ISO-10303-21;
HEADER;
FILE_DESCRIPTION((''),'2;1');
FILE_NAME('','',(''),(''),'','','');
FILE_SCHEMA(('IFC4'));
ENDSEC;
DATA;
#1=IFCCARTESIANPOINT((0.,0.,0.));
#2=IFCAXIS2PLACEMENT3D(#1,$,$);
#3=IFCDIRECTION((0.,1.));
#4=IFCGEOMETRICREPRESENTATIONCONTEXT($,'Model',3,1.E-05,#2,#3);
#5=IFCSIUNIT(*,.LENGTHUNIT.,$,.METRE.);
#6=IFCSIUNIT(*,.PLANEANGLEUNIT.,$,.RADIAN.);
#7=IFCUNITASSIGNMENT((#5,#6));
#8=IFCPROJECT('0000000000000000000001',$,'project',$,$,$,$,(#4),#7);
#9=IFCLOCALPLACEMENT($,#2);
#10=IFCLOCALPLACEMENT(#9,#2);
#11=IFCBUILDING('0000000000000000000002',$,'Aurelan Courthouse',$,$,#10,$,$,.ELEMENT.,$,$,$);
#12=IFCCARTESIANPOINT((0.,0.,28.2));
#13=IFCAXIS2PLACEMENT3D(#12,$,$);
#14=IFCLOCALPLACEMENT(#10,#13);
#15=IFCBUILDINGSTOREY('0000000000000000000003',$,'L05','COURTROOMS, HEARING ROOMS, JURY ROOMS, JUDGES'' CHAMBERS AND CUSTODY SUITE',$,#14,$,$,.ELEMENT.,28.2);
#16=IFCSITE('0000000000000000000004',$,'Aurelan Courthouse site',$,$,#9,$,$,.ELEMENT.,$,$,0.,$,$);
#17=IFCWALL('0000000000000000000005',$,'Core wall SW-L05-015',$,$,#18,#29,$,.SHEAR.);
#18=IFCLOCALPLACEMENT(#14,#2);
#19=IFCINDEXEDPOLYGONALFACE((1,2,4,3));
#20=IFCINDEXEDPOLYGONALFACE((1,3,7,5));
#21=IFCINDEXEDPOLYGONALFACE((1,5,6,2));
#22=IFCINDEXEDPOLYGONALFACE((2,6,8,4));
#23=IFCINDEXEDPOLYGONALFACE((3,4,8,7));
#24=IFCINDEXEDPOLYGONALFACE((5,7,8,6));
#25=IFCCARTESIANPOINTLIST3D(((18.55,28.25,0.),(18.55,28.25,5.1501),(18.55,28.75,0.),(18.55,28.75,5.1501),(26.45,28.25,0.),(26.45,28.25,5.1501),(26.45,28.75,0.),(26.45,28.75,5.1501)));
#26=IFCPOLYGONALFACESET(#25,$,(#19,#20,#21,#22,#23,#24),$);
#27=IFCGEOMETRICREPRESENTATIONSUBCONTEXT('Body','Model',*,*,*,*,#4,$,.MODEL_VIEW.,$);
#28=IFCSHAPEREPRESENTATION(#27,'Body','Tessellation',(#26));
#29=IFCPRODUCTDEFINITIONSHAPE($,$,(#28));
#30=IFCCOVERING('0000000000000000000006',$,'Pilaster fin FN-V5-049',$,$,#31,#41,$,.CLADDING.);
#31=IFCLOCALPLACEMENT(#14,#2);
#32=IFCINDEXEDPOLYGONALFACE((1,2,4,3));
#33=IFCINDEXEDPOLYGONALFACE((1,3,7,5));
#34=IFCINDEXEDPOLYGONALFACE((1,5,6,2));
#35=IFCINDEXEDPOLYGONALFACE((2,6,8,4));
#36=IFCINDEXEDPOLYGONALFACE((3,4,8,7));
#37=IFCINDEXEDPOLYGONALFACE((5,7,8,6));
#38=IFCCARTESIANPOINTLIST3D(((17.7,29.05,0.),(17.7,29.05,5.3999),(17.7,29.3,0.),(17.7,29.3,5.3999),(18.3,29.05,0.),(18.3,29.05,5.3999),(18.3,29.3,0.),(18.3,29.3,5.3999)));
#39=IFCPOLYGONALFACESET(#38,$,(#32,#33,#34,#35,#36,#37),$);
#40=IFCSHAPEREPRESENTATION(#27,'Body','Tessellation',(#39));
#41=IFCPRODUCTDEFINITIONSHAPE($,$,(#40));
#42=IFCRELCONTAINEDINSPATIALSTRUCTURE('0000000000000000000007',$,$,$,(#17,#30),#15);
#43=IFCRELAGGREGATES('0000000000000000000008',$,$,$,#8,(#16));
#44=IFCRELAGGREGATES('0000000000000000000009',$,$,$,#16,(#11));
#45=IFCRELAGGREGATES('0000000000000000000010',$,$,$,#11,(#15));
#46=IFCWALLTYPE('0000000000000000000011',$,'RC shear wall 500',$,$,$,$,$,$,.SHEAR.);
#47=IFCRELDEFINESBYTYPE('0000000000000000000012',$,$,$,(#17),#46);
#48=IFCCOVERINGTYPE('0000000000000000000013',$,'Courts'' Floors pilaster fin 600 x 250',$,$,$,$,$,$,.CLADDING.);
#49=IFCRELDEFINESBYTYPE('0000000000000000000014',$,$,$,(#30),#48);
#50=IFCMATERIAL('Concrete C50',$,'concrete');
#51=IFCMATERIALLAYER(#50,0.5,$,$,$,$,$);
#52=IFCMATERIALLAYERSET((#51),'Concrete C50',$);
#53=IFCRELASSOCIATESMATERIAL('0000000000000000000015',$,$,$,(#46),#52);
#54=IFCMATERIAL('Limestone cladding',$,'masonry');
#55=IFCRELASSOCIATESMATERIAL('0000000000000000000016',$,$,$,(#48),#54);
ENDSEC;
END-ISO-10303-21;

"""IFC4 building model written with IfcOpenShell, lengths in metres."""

from ifc_helpers import new_model, si_unit, direction, frame, frame_2d, origin, origin_2d, place, context, subcontext, project, spatial, rectangle, extrude, material, layer, layer_set, type_object, element, save


model = new_model("IFC4")

# Units and contexts
model_context = context("Model", 3, precision=1e-05, world=origin(), true_north=direction((0.0, 1.0)))
body_context = subcontext(model_context, "Body", "Model", "MODEL_VIEW")
ifc_project = project(units=[si_unit("LENGTHUNIT", "METRE"), si_unit("PLANEANGLEUNIT", "RADIAN")], contexts=[model_context])

# Site, building, storey
site_placement = place(None, origin())
site = spatial("IfcSite", under=ifc_project, at=site_placement, Name="Aurelan Courthouse site", CompositionType="ELEMENT", RefElevation=0.0)
building_placement = place(site_placement, origin())
building = spatial("IfcBuilding", under=site, at=building_placement, Name="Aurelan Courthouse", CompositionType="ELEMENT")
storey_placement = place(building_placement, frame((0.0, 0.0, 28.2)))
storey = spatial("IfcBuildingStorey", under=building, at=storey_placement, Name="L05", Description="COURTROOMS, HEARING ROOMS, JURY ROOMS, JUDGES' CHAMBERS AND CUSTODY SUITE", CompositionType="ELEMENT", Elevation=28.2)

# Shared definitions
ifc_material_1 = material(Name="Concrete C50", Category="concrete")

# Shared definitions
ifc_material_2 = material(Name="Limestone cladding", Category="masonry")

# Shared definitions
ifc_layer_1 = layer(ifc_material_1, 0.5)
ifc_layer_set_1 = layer_set([ifc_layer_1], Name="Concrete C50")
wall_type_1 = type_object("IfcWallType", Name="RC shear wall 500", PredefinedType="SHEAR", material=ifc_layer_set_1)

# Wall
wall_1_placement = place(storey_placement, frame((18.55, 28.5, 0.0), z_axis=(0.0, 0.0, 1.0), x_axis=(1.0, 0.0, 0.0)))
element("IfcWall", 1, at=wall_1_placement, inside=storey, type_object=wall_type_1, Name="Core wall SW-L05-015", PredefinedType="SHEAR", context=body_context, shape_type="SweptSolid", body=[
    extrude(rectangle(XDim=7.8999, YDim=0.5, at=frame_2d((3.95, 0.0))), origin(), (0.0, 0.0, 1.0), 5.1501),
])

# Covering
covering_type_1 = type_object("IfcCoveringType", Name="Courts' Floors pilaster fin 600 x 250", PredefinedType="CLADDING", material=ifc_material_2)
covering_placement = place(storey_placement, frame((18.0, 29.175, 0.0), z_axis=(0.0, 0.0, 1.0), x_axis=(1.0, 0.0, 0.0)))
element("IfcCovering", 2, at=covering_placement, inside=storey, type_object=covering_type_1, Name="Pilaster fin FN-V5-049", PredefinedType="CLADDING", context=body_context, shape_type="SweptSolid", body=[
    extrude(rectangle(XDim=0.6001, YDim=0.25, at=origin_2d()), origin(), (0.0, 0.0, 1.0), 5.3999),
])

save(model, "model.ifc")
